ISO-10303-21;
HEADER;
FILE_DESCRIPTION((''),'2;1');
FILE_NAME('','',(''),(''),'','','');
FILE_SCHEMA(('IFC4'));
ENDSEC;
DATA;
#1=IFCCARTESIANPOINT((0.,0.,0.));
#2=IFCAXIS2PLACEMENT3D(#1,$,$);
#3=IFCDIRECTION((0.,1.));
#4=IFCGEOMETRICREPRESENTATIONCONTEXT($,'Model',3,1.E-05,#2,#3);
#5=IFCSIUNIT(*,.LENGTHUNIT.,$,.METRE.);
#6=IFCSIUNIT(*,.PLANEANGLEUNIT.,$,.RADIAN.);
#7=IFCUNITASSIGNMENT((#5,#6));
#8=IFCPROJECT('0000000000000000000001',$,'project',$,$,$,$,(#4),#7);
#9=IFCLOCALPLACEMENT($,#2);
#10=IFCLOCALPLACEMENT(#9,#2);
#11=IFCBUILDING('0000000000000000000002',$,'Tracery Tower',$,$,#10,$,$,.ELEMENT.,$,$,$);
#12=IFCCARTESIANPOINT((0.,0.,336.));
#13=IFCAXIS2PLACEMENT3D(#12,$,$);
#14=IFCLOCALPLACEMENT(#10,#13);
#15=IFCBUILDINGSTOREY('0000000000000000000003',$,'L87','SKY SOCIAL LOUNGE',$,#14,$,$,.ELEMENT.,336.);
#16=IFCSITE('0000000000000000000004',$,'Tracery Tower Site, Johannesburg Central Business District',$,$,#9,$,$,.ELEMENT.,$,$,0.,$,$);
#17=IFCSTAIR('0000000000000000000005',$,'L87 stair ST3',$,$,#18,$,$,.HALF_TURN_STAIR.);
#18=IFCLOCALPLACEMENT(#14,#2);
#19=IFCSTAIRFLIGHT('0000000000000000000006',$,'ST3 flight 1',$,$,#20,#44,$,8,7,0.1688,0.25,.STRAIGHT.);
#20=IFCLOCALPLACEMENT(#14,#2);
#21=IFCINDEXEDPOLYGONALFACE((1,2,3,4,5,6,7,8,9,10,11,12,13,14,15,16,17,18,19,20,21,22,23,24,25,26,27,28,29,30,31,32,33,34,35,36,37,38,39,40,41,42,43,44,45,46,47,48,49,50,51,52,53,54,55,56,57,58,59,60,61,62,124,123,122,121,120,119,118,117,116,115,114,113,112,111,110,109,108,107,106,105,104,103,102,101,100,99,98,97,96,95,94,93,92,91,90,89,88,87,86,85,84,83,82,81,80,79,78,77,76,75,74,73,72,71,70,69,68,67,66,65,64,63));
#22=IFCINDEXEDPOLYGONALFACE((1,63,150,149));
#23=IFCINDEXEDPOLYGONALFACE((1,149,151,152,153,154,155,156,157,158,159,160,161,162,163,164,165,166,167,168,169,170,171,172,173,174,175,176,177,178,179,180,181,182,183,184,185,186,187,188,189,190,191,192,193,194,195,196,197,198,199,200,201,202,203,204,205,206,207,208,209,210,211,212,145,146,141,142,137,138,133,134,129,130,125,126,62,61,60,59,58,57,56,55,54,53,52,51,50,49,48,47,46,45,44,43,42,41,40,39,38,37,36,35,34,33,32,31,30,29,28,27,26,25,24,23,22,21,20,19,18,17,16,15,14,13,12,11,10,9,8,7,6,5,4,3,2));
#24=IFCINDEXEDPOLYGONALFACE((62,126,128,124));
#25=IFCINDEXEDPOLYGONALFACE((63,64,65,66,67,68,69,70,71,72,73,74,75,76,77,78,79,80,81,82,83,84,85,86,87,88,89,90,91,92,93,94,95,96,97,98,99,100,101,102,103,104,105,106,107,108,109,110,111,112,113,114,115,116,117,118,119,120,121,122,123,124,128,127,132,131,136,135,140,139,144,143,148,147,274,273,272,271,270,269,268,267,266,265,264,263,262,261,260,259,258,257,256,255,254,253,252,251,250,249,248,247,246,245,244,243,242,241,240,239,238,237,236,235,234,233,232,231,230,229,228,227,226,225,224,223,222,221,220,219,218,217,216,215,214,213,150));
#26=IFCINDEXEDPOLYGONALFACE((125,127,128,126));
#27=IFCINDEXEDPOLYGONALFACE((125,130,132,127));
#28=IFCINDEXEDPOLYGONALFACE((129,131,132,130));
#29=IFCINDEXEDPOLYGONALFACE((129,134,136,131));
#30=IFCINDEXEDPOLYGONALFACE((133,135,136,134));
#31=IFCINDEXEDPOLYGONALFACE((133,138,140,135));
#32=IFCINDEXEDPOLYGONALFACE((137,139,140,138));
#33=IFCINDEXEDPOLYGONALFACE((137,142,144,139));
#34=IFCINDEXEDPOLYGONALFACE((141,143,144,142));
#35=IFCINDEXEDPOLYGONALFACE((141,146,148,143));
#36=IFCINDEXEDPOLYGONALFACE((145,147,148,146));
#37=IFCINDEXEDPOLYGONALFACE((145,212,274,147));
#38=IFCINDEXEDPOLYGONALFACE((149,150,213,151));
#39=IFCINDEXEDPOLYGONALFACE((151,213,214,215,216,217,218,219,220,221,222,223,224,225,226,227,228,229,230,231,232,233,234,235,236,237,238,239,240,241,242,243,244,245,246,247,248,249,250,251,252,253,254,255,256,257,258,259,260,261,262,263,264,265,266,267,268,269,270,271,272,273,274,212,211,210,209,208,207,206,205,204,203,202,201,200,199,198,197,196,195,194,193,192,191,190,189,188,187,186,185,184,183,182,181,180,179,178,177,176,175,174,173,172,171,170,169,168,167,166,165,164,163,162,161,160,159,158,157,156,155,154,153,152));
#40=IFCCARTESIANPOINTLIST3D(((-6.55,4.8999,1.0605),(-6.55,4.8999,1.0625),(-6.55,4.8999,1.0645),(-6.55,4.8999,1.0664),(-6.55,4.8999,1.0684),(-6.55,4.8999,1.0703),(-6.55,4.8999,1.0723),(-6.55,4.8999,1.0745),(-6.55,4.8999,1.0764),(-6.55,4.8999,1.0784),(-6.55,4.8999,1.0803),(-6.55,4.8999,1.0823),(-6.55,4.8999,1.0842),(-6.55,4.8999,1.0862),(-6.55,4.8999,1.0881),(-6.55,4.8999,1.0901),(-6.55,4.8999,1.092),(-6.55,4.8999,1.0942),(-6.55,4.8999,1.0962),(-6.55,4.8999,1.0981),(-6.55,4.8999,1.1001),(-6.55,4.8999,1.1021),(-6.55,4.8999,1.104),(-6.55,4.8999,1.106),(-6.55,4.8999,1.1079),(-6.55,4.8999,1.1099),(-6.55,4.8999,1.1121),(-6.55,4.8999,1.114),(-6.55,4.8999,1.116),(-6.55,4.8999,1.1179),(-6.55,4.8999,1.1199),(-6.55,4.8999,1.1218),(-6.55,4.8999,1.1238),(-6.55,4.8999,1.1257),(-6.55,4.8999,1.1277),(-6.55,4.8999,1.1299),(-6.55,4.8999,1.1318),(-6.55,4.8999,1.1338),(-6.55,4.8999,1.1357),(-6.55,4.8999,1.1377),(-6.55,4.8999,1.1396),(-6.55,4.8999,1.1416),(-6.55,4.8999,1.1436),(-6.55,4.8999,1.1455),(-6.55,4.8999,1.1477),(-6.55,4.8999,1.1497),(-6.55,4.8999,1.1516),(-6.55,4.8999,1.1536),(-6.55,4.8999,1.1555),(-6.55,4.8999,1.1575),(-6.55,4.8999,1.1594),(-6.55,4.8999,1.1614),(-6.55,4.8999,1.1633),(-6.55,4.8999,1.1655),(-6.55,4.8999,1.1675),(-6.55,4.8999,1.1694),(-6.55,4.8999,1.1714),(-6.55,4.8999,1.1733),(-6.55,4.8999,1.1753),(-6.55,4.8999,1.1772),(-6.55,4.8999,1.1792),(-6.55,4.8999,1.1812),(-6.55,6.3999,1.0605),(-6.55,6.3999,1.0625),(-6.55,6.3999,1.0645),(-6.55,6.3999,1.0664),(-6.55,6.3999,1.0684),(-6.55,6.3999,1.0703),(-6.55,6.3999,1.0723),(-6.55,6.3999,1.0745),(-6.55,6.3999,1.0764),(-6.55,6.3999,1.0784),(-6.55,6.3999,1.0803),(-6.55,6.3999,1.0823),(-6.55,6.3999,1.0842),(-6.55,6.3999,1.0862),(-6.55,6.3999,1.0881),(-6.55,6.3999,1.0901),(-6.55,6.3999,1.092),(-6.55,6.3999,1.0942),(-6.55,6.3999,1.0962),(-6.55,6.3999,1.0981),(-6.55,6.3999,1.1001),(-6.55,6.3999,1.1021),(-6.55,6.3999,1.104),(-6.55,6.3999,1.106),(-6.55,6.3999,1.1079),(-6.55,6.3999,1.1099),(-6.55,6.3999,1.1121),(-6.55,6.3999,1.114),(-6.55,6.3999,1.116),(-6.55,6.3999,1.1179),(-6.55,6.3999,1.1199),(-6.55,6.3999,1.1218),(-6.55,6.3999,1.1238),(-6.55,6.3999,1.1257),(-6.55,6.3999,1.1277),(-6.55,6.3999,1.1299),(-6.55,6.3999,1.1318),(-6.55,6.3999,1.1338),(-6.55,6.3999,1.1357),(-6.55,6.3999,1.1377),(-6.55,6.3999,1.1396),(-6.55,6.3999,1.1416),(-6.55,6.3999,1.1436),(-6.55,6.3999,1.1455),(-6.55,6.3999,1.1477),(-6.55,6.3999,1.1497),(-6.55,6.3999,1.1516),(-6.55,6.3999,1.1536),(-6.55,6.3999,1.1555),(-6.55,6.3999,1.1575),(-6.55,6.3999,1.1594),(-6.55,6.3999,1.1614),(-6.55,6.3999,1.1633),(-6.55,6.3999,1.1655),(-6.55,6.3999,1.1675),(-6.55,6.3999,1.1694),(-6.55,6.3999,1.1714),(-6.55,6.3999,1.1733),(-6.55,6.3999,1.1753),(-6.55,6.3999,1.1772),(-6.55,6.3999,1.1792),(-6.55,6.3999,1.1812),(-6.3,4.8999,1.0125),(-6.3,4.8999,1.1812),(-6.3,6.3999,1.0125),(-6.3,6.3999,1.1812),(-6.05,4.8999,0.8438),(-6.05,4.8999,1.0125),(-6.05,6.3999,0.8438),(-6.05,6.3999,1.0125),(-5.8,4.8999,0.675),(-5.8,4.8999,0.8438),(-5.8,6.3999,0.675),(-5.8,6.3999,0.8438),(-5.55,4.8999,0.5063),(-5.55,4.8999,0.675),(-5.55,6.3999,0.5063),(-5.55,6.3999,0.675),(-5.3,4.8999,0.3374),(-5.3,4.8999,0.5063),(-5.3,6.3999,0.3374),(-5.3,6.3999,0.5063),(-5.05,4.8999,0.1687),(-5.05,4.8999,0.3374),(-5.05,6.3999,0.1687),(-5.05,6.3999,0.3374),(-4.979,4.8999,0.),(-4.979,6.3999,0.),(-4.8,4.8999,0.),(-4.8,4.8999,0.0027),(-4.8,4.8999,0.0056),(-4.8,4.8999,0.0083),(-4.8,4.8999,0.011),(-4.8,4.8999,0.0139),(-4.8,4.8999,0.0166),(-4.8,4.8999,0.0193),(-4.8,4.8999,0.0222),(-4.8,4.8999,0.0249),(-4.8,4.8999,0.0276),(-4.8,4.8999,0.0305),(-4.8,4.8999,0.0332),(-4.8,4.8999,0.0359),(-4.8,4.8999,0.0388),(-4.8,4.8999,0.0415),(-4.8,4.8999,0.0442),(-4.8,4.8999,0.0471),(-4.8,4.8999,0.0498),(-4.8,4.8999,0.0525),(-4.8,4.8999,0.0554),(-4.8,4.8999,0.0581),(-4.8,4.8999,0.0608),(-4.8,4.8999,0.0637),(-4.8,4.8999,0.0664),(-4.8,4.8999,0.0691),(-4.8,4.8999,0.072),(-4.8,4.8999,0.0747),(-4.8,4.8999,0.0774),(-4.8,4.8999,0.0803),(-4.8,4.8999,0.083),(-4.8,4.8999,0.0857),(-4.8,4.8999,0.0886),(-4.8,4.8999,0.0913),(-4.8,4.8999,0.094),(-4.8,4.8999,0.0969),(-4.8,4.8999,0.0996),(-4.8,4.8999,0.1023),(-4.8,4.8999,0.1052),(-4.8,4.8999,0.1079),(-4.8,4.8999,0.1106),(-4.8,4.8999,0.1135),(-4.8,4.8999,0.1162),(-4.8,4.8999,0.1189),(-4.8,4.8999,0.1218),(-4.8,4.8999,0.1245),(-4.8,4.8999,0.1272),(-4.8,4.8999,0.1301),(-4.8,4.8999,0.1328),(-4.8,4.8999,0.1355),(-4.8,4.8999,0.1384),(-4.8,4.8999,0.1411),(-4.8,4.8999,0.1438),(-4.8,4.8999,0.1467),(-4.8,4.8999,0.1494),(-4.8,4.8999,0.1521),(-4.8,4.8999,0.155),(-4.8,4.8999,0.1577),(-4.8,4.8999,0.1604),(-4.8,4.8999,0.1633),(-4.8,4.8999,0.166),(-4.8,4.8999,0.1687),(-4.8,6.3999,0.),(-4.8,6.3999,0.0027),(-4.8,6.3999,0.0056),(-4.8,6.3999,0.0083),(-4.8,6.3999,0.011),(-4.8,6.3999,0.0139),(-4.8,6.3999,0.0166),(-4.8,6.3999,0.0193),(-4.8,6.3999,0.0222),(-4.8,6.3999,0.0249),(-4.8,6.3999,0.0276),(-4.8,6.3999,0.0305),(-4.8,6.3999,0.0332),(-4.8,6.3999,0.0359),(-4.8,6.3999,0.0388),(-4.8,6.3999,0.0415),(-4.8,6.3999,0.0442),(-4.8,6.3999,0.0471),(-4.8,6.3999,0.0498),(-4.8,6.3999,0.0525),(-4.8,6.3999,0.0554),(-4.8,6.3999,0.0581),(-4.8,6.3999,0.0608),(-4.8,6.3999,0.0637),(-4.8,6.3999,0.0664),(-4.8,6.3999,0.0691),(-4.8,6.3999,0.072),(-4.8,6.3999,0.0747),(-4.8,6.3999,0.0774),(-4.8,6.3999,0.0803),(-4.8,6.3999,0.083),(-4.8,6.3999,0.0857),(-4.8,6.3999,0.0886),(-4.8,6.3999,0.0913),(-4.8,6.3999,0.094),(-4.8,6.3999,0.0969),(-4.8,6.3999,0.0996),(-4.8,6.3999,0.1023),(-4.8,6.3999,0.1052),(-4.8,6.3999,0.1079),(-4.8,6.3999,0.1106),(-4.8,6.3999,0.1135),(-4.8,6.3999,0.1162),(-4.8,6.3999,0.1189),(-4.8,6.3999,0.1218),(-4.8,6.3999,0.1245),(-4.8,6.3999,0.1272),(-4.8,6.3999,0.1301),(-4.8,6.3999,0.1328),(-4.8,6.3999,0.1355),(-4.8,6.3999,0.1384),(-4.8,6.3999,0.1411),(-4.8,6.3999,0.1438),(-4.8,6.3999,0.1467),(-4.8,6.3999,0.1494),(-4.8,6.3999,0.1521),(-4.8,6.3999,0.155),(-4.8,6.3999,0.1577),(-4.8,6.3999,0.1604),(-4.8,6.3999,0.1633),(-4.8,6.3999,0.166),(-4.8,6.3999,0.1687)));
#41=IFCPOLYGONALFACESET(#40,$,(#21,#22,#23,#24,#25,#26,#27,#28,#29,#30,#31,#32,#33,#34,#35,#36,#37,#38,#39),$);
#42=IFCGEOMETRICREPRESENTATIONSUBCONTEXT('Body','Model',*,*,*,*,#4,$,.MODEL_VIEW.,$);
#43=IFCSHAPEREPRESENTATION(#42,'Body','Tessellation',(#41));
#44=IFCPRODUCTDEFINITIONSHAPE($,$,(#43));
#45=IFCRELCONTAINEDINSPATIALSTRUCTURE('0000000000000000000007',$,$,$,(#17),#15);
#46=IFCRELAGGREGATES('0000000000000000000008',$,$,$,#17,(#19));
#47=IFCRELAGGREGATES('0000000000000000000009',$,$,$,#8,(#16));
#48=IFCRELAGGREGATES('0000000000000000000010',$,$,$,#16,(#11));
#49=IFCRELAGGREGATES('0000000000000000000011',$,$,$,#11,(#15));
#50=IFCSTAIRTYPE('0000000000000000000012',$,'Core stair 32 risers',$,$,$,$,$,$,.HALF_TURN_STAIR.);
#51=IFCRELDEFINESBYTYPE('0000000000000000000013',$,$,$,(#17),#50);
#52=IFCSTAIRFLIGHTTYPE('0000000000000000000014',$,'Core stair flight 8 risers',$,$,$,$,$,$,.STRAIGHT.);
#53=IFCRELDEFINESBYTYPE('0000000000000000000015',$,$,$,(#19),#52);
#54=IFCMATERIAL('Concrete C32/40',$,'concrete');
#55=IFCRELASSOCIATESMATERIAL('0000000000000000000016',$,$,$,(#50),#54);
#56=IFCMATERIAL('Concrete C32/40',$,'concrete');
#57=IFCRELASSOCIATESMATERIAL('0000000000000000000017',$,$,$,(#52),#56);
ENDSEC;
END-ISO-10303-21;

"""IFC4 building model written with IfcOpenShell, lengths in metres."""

from ifc_helpers import new_model, si_unit, direction, frame, origin, place, context, subcontext, project, spatial, polyline, outline, extrude, material, type_object, element, aggregate, save


model = new_model("IFC4")

# Units and contexts
model_context = context("Model", 3, precision=1e-05, world=origin(), true_north=direction((0.0, 1.0)))
body_context = subcontext(model_context, "Body", "Model", "MODEL_VIEW")
ifc_project = project(units=[si_unit("LENGTHUNIT", "METRE"), si_unit("PLANEANGLEUNIT", "RADIAN")], contexts=[model_context])

# Site, building, storey
site_placement = place(None, origin())
site = spatial("IfcSite", under=ifc_project, at=site_placement, Name="Tracery Tower Site, Johannesburg Central Business District", CompositionType="ELEMENT", RefElevation=0.0)
building_placement = place(site_placement, origin())
building = spatial("IfcBuilding", under=site, at=building_placement, Name="Tracery Tower", CompositionType="ELEMENT")
storey_placement = place(building_placement, frame((0.0, 0.0, 336.0)))
storey = spatial("IfcBuildingStorey", under=building, at=storey_placement, Name="L87", Description="SKY SOCIAL LOUNGE", CompositionType="ELEMENT", Elevation=336.0)

# Stair, stair flight
ifc_material_1 = material(Name="Concrete C32/40", Category="concrete")
stair_type = type_object("IfcStairType", Name="Core stair 32 risers", PredefinedType="HALF_TURN_STAIR", material=ifc_material_1)
stair_placement = place(storey_placement, origin())
stair = element("IfcStair", 1, at=stair_placement, inside=storey, type_object=stair_type, Name="L87 stair ST3", PredefinedType="HALF_TURN_STAIR")
ifc_material_2 = material(Name="Concrete C32/40", Category="concrete")
stair_flight_type = type_object("IfcStairFlightType", Name="Core stair flight 8 risers", PredefinedType="STRAIGHT", material=ifc_material_2)
stair_flight_1_placement = place(storey_placement, frame((-4.8, 5.6499, 0.0), z_axis=(0.0, 0.0, 1.0), x_axis=(-1.0, 0.0, 0.0)))
stair_flight_1 = element("IfcStairFlight", 2, at=stair_flight_1_placement, type_object=stair_flight_type, Name="ST3 flight 1", NumberOfRisers=8, NumberOfTreads=7, PredefinedType="STRAIGHT", RiserHeight=0.1688, TreadLength=0.25, context=body_context, shape_type="SweptSolid", body=[
    extrude(outline(polyline([(0.0, 0.0), (0.0, 0.0027), (0.0, 0.0056), (0.0, 0.0083), (0.0, 0.011), (0.0, 0.0139), (0.0, 0.0166), (0.0, 0.0193), (0.0, 0.0222), (0.0, 0.0249), (0.0, 0.0276), (0.0, 0.0305), (0.0, 0.0332), (0.0, 0.0359), (0.0, 0.0388), (0.0, 0.0415), (0.0, 0.0442), (0.0, 0.0471), (0.0, 0.0498), (0.0, 0.0525), (0.0, 0.0554), (0.0, 0.0581), (0.0, 0.0608), (0.0, 0.0637), (0.0, 0.0664), (0.0, 0.0691), (0.0, 0.072), (0.0, 0.0747), (0.0, 0.0774), (0.0, 0.0803), (0.0, 0.083), (0.0, 0.0857), (0.0, 0.0886), (0.0, 0.0913), (0.0, 0.094), (0.0, 0.0969), (0.0, 0.0996), (0.0, 0.1023), (0.0, 0.1052), (0.0, 0.1079), (0.0, 0.1106), (0.0, 0.1135), (0.0, 0.1162), (0.0, 0.1189), (0.0, 0.1218), (0.0, 0.1245), (0.0, 0.1272), (0.0, 0.1301), (0.0, 0.1328), (0.0, 0.1355), (0.0, 0.1384), (0.0, 0.1411), (0.0, 0.1438), (0.0, 0.1467), (0.0, 0.1494), (0.0, 0.1521), (0.0, 0.155), (0.0, 0.1577), (0.0, 0.1604), (0.0, 0.1633), (0.0, 0.166), (0.0, 0.1687), (0.25, 0.1687), (0.25, 0.3374), (0.5, 0.3374), (0.5, 0.5063), (0.75, 0.5063), (0.75, 0.675), (1.0, 0.675), (1.0, 0.8438), (1.25, 0.8438), (1.25, 1.0125), (1.5, 1.0125), (1.5, 1.1812), (1.75, 1.1812), (1.75, 1.1792), (1.75, 1.1772), (1.75, 1.1753), (1.75, 1.1733), (1.75, 1.1714), (1.75, 1.1694), (1.75, 1.1675), (1.75, 1.1655), (1.75, 1.1633), (1.75, 1.1614), (1.75, 1.1594), (1.75, 1.1575), (1.75, 1.1555), (1.75, 1.1536), (1.75, 1.1516), (1.75, 1.1497), (1.75, 1.1477), (1.75, 1.1455), (1.75, 1.1436), (1.75, 1.1416), (1.75, 1.1396), (1.75, 1.1377), (1.75, 1.1357), (1.75, 1.1338), (1.75, 1.1318), (1.75, 1.1299), (1.75, 1.1277), (1.75, 1.1257), (1.75, 1.1238), (1.75, 1.1218), (1.75, 1.1199), (1.75, 1.1179), (1.75, 1.116), (1.75, 1.114), (1.75, 1.1121), (1.75, 1.1099), (1.75, 1.1079), (1.75, 1.106), (1.75, 1.104), (1.75, 1.1021), (1.75, 1.1001), (1.75, 1.0981), (1.75, 1.0962), (1.75, 1.0942), (1.75, 1.092), (1.75, 1.0901), (1.75, 1.0881), (1.75, 1.0862), (1.75, 1.0842), (1.75, 1.0823), (1.75, 1.0803), (1.75, 1.0784), (1.75, 1.0764), (1.75, 1.0745), (1.75, 1.0723), (1.75, 1.0703), (1.75, 1.0684), (1.75, 1.0664), (1.75, 1.0645), (1.75, 1.0625), (1.75, 1.0605), (0.179, 0.0), (0.0, 0.0)])), frame((0.0, 0.75, 0.0), z_axis=(0.0, -1.0, 0.0), x_axis=(1.0, 0.0, 0.0)), (0.0, 0.0, 1.0), 1.5),
])
aggregate(stair, [stair_flight_1])

save(model, "model.ifc")
